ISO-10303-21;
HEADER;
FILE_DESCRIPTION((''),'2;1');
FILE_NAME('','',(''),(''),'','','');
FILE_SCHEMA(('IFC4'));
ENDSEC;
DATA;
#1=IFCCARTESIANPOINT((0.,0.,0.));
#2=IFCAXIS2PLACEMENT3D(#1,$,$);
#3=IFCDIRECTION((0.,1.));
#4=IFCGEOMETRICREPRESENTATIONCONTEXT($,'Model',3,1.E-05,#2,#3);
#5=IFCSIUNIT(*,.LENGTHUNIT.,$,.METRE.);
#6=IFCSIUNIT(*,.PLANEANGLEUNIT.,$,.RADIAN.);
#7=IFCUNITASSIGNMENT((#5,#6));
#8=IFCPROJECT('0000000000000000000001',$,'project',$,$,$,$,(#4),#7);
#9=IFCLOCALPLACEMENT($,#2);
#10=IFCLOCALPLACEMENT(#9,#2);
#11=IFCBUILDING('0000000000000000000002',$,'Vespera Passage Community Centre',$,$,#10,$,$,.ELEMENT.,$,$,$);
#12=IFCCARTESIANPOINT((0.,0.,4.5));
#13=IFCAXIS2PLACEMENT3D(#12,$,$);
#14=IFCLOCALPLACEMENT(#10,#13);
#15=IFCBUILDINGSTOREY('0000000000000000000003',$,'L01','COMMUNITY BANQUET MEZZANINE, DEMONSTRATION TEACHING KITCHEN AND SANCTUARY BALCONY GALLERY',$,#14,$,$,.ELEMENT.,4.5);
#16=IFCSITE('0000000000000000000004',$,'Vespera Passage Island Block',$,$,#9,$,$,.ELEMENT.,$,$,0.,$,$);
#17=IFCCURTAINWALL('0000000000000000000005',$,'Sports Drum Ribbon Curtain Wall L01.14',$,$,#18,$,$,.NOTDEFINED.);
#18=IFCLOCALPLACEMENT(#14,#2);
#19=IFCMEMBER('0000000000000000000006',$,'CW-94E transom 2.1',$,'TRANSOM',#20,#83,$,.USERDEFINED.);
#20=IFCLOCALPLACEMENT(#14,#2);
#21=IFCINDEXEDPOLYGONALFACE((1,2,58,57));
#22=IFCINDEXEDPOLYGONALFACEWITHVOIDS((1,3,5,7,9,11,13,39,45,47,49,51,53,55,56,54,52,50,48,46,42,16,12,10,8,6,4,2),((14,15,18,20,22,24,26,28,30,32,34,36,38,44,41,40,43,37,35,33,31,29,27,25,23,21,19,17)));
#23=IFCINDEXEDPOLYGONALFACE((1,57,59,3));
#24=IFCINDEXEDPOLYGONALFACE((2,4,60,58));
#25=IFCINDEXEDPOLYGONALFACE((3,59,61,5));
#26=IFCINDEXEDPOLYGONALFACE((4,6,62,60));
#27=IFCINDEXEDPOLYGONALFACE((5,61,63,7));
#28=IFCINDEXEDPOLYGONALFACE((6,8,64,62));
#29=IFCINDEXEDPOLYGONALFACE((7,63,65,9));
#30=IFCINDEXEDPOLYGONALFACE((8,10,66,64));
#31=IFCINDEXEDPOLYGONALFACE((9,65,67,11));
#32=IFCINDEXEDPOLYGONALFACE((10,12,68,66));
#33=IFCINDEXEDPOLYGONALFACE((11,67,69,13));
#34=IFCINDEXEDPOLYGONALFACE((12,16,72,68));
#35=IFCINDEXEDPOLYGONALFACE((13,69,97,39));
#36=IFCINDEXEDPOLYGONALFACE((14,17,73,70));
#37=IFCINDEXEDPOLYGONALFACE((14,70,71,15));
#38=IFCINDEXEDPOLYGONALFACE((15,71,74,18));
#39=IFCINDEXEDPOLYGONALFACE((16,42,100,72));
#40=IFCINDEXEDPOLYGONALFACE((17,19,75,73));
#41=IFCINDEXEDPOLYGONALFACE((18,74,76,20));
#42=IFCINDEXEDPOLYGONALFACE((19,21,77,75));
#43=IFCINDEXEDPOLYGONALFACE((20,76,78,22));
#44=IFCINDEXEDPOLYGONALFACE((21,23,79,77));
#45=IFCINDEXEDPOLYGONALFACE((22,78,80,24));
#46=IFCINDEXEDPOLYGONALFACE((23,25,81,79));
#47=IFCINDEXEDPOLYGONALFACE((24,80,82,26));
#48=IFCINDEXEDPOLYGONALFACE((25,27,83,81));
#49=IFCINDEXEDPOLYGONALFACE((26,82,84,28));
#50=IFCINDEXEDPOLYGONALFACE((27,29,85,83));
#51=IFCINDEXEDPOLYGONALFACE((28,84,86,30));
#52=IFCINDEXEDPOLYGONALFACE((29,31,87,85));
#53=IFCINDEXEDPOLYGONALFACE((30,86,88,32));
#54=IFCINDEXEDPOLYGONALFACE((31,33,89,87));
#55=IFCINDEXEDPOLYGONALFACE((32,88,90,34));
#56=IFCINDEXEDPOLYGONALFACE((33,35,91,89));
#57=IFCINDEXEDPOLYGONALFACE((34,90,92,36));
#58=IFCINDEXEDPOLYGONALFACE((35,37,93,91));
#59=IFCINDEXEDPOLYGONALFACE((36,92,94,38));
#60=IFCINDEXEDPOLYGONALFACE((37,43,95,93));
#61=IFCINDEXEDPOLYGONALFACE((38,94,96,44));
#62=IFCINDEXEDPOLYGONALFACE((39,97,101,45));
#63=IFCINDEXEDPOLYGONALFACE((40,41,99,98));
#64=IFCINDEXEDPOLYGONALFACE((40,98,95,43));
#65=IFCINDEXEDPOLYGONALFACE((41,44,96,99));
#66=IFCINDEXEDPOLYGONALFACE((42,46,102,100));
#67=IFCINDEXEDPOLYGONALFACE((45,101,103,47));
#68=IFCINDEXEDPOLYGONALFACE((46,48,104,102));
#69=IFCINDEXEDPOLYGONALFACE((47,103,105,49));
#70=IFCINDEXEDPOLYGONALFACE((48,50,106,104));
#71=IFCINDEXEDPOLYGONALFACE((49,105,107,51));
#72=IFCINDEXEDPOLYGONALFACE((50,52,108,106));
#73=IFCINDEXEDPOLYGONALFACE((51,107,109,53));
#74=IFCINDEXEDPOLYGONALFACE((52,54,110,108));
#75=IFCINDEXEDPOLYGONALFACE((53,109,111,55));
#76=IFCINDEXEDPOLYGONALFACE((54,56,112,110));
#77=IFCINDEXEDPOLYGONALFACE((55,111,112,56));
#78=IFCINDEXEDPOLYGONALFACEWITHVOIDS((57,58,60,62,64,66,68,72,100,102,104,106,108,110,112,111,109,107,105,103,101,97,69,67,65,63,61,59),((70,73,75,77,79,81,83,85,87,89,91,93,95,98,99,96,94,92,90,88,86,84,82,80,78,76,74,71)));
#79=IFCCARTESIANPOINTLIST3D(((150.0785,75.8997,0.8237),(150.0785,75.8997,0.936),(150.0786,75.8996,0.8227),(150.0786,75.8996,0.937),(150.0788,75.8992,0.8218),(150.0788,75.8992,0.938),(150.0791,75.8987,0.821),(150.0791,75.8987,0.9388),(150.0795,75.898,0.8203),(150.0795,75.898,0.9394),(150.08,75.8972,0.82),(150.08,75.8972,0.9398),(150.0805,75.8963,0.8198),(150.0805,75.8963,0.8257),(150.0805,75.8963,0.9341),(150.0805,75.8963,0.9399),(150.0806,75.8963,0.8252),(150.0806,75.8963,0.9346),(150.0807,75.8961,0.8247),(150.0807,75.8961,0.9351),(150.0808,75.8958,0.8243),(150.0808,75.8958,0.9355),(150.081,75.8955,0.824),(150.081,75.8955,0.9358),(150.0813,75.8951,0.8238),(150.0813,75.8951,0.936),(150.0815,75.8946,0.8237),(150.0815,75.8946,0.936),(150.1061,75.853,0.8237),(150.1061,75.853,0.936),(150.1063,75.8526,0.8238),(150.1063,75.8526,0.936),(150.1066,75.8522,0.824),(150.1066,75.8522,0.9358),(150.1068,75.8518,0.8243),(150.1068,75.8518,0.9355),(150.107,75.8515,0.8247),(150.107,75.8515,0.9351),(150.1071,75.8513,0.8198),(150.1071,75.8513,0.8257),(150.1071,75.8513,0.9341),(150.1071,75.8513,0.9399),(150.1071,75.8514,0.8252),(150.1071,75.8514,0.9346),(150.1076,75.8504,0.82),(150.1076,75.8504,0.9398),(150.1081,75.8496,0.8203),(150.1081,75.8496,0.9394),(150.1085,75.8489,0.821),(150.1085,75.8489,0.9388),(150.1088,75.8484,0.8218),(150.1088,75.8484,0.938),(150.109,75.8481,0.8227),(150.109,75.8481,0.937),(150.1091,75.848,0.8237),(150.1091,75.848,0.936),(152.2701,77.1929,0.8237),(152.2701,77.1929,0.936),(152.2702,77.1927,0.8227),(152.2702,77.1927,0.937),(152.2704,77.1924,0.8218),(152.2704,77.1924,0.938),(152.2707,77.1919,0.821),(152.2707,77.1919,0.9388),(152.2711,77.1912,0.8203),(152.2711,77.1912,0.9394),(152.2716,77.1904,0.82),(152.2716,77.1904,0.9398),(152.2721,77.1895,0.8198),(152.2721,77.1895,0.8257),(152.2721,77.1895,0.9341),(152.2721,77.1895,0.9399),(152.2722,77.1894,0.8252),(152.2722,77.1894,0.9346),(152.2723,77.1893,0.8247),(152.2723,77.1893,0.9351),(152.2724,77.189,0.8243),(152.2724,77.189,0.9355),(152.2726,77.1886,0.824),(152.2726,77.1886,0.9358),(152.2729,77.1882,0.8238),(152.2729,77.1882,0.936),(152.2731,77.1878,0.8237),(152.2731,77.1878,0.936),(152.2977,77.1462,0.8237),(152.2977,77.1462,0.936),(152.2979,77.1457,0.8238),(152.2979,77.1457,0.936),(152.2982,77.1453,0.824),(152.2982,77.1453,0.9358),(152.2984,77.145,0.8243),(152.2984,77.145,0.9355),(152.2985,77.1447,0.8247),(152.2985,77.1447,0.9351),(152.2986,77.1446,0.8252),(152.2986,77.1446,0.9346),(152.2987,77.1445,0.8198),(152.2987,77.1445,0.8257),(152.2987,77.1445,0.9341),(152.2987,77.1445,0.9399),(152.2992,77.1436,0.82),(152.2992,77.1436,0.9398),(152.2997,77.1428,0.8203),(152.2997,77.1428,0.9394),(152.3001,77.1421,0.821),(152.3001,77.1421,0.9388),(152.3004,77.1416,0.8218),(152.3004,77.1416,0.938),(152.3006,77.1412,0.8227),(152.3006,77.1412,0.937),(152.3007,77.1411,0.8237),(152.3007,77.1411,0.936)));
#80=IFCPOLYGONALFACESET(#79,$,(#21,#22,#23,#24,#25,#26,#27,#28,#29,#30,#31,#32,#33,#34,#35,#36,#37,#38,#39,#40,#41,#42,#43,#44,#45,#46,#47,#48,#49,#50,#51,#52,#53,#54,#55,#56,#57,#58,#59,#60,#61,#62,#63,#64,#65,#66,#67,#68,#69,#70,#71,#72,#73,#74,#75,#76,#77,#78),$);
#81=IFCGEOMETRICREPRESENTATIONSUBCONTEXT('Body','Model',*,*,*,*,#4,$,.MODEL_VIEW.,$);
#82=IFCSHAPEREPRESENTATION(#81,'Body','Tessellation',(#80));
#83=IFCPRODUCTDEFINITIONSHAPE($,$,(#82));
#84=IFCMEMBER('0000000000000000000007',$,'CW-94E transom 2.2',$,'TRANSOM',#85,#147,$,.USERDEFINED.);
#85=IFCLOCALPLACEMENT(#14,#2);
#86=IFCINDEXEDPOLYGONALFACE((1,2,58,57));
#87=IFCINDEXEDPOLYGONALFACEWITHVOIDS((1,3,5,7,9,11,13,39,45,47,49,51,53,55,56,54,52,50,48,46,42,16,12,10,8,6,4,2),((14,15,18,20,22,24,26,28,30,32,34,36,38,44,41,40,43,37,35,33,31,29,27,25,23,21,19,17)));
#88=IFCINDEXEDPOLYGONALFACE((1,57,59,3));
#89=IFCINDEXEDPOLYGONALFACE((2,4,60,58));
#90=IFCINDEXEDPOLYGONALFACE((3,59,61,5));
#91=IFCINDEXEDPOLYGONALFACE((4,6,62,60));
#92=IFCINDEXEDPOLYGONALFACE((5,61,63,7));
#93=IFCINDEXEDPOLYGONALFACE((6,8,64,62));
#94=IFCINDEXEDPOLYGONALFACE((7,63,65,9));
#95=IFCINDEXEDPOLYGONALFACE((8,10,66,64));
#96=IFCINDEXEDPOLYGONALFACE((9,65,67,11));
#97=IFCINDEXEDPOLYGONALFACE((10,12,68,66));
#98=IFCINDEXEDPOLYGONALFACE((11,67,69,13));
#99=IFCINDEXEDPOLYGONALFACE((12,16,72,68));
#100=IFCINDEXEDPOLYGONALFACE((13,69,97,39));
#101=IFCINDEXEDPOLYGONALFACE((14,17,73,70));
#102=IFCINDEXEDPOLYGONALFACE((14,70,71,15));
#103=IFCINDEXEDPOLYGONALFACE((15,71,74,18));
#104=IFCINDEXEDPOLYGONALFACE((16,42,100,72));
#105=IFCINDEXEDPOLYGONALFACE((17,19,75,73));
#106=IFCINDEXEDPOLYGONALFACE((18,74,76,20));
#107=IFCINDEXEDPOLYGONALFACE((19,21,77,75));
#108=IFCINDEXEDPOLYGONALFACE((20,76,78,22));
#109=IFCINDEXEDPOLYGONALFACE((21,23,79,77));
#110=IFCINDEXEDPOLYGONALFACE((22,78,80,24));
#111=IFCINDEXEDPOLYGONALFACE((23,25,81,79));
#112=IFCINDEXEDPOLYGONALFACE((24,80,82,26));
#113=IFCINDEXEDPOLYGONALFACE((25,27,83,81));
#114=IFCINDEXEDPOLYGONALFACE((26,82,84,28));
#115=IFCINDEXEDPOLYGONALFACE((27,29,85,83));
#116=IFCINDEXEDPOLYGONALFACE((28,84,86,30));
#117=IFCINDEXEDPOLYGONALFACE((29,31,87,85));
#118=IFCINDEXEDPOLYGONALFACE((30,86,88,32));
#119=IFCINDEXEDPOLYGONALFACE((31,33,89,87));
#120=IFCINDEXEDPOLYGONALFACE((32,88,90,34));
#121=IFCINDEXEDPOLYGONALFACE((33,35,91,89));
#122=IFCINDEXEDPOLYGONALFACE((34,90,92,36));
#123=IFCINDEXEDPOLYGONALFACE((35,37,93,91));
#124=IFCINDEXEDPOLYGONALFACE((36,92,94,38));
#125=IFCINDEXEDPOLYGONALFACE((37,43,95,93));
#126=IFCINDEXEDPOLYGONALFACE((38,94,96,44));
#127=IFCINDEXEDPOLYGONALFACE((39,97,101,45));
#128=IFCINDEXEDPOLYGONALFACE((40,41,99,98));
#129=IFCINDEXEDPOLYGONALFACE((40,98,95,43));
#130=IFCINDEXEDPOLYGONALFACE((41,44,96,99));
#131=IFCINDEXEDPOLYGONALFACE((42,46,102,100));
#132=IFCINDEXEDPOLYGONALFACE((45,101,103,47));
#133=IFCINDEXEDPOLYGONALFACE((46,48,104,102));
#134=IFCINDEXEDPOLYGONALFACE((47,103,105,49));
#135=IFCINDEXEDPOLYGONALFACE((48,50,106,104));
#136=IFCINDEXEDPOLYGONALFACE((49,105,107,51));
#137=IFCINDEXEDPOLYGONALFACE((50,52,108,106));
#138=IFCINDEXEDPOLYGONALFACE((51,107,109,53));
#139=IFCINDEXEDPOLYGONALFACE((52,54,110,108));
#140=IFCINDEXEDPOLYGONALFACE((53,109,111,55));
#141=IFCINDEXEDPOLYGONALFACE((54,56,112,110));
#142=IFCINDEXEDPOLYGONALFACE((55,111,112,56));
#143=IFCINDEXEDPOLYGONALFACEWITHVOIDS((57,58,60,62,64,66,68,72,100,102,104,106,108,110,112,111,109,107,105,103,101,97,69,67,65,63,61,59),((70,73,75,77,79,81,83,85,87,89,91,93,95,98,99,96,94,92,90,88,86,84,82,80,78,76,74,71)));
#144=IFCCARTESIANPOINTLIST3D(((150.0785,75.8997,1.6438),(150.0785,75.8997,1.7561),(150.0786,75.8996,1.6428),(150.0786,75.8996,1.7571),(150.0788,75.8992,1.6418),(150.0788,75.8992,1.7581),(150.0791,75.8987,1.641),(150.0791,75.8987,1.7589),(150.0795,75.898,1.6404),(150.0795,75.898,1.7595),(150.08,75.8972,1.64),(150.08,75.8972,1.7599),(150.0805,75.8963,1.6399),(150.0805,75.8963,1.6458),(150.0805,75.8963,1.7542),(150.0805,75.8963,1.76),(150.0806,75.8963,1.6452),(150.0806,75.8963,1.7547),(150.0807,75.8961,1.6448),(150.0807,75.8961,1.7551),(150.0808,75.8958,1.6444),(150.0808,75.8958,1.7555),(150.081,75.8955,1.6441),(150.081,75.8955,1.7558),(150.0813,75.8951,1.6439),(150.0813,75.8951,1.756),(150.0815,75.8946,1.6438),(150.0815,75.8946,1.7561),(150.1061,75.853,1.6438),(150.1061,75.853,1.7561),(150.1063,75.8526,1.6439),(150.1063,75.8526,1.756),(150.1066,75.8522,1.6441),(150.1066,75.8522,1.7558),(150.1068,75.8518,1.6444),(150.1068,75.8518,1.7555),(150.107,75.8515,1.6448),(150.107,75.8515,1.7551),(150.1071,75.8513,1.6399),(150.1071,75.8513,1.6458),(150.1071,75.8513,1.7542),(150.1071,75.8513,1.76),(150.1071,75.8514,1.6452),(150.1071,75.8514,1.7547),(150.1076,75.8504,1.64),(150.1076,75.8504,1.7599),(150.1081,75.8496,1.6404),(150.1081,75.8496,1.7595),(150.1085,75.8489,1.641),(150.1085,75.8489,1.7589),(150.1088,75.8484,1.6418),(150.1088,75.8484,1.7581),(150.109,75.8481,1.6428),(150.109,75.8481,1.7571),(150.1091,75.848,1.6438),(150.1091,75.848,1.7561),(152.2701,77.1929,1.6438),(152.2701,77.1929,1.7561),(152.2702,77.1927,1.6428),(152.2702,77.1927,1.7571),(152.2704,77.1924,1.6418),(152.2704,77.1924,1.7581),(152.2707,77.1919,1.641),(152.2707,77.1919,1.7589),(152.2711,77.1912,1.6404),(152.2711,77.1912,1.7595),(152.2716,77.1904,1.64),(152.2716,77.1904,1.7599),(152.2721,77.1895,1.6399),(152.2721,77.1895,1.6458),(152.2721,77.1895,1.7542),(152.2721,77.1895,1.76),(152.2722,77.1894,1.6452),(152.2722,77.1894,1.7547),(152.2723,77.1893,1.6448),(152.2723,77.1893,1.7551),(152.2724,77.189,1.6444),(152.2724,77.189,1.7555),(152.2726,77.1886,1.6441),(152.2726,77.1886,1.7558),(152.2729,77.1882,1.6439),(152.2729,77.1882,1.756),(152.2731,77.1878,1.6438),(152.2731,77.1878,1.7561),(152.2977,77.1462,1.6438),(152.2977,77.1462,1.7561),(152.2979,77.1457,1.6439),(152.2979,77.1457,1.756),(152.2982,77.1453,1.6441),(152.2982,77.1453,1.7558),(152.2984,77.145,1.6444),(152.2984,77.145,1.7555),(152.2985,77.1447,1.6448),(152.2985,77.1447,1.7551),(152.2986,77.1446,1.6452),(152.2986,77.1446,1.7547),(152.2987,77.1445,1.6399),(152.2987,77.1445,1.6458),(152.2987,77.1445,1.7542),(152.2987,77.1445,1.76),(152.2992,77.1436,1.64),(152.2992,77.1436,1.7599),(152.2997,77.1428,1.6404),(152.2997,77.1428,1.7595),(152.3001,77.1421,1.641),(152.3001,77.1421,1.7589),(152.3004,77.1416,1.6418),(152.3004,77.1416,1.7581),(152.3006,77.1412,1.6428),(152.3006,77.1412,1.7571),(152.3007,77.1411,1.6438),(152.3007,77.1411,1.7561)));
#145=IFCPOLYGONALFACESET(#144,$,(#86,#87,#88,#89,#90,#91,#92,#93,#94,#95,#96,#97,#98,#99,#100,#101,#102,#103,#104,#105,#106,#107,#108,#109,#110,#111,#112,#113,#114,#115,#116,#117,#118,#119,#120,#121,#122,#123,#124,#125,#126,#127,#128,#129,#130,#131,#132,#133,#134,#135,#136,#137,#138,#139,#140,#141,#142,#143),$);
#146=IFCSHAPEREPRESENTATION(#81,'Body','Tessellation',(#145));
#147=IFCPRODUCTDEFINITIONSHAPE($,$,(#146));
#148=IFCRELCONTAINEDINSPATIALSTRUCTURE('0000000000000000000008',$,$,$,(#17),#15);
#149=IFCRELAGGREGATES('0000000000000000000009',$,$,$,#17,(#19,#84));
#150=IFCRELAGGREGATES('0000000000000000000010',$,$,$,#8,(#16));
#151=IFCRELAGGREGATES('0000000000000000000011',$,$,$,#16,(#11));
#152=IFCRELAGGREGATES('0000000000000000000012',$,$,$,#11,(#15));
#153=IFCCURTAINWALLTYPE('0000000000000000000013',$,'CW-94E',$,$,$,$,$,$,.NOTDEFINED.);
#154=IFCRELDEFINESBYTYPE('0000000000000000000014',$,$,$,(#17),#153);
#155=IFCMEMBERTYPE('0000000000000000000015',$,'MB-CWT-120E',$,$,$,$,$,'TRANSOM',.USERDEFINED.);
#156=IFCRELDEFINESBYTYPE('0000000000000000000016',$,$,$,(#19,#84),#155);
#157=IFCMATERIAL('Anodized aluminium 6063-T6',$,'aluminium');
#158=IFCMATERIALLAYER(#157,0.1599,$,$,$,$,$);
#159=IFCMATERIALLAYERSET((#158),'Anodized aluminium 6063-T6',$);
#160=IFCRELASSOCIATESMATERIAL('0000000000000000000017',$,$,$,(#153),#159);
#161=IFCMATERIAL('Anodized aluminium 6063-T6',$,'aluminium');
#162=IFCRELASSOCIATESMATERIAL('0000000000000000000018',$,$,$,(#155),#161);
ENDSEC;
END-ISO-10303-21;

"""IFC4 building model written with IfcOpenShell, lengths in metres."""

from ifc_helpers import new_model, si_unit, direction, frame, origin, origin_2d, place, context, subcontext, project, spatial, hollow_rectangle, extrude, material, layer, layer_set, material_profile, profile_set, type_object, element, aggregate, save


model = new_model("IFC4")

# Units and contexts
model_context = context("Model", 3, precision=1e-05, world=origin(), true_north=direction((0.0, 1.0)))
body_context = subcontext(model_context, "Body", "Model", "MODEL_VIEW")
ifc_project = project(units=[si_unit("LENGTHUNIT", "METRE"), si_unit("PLANEANGLEUNIT", "RADIAN")], contexts=[model_context])

# Site, building, storey
site_placement = place(None, origin())
site = spatial("IfcSite", under=ifc_project, at=site_placement, Name="Vespera Passage Island Block", CompositionType="ELEMENT", RefElevation=0.0)
building_placement = place(site_placement, origin())
building = spatial("IfcBuilding", under=site, at=building_placement, Name="Vespera Passage Community Centre", CompositionType="ELEMENT")
storey_placement = place(building_placement, frame((0.0, 0.0, 4.5)))
storey = spatial("IfcBuildingStorey", under=building, at=storey_placement, Name="L01", Description="COMMUNITY BANQUET MEZZANINE, DEMONSTRATION TEACHING KITCHEN AND SANCTUARY BALCONY GALLERY", CompositionType="ELEMENT", Elevation=4.5)

# Curtain wall
ifc_material_1 = material(Name="Anodized aluminium 6063-T6", Category="aluminium")
ifc_layer_1 = layer(ifc_material_1, 0.1599)
ifc_layer_set_1 = layer_set([ifc_layer_1], Name="Anodized aluminium 6063-T6")
curtain_wall_type_1 = type_object("IfcCurtainWallType", Name="CW-94E", PredefinedType="NOTDEFINED", material=ifc_layer_set_1)
curtain_wall_1_placement = place(storey_placement, origin())
curtain_wall_1 = element("IfcCurtainWall", 1, at=curtain_wall_1_placement, inside=storey, type_object=curtain_wall_type_1, Name="Sports Drum Ribbon Curtain Wall L01.14", PredefinedType="NOTDEFINED")

# Members
ifc_material_2 = material(Name="Anodized aluminium 6063-T6", Category="aluminium")
ifc_material_profile_1 = material_profile(ifc_material_2, hollow_rectangle(XDim=0.0601, YDim=0.1201, WallThickness=0.0039, InnerFilletRadius=0.002, OuterFilletRadius=0.0039, at=origin_2d()), Name="ALU120X60X4")
ifc_profile_set_1 = profile_set([ifc_material_profile_1], Name="Anodized aluminium 6063-T6")
member_type_1 = type_object("IfcMemberType", Name="MB-CWT-120E", ElementType="TRANSOM", PredefinedType="USERDEFINED", material=ifc_profile_set_1)
member_1_placement = place(storey_placement, frame((152.2854, 77.167, 0.8799), z_axis=(-0.861245, -0.508189, 0.0), x_axis=(0.508189, -0.861245, 0.0)))
member_1 = element("IfcMember", 2, at=member_1_placement, type_object=member_type_1, Name="CW-94E transom 2.1", ObjectType="TRANSOM", PredefinedType="USERDEFINED", context=body_context, shape_type="SweptSolid", body=[
    extrude(hollow_rectangle(XDim=0.0601, YDim=0.1201, WallThickness=0.0039, InnerFilletRadius=0.002, OuterFilletRadius=0.0039, at=origin_2d()), origin(), (0.0, 0.0, 1.0), 2.5447),
])
member_2_placement = place(storey_placement, frame((152.2854, 77.167, 1.7), z_axis=(-0.861245, -0.508189, 0.0), x_axis=(0.508189, -0.861245, 0.0)))
member_2 = element("IfcMember", 3, at=member_2_placement, type_object=member_type_1, Name="CW-94E transom 2.2", ObjectType="TRANSOM", PredefinedType="USERDEFINED", context=body_context, shape_type="SweptSolid", body=[
    extrude(hollow_rectangle(XDim=0.0601, YDim=0.1201, WallThickness=0.0039, InnerFilletRadius=0.002, OuterFilletRadius=0.0039, at=origin_2d()), origin(), (0.0, 0.0, 1.0), 2.5447),
])

aggregate(curtain_wall_1, [member_1, member_2])

save(model, "model.ifc")
